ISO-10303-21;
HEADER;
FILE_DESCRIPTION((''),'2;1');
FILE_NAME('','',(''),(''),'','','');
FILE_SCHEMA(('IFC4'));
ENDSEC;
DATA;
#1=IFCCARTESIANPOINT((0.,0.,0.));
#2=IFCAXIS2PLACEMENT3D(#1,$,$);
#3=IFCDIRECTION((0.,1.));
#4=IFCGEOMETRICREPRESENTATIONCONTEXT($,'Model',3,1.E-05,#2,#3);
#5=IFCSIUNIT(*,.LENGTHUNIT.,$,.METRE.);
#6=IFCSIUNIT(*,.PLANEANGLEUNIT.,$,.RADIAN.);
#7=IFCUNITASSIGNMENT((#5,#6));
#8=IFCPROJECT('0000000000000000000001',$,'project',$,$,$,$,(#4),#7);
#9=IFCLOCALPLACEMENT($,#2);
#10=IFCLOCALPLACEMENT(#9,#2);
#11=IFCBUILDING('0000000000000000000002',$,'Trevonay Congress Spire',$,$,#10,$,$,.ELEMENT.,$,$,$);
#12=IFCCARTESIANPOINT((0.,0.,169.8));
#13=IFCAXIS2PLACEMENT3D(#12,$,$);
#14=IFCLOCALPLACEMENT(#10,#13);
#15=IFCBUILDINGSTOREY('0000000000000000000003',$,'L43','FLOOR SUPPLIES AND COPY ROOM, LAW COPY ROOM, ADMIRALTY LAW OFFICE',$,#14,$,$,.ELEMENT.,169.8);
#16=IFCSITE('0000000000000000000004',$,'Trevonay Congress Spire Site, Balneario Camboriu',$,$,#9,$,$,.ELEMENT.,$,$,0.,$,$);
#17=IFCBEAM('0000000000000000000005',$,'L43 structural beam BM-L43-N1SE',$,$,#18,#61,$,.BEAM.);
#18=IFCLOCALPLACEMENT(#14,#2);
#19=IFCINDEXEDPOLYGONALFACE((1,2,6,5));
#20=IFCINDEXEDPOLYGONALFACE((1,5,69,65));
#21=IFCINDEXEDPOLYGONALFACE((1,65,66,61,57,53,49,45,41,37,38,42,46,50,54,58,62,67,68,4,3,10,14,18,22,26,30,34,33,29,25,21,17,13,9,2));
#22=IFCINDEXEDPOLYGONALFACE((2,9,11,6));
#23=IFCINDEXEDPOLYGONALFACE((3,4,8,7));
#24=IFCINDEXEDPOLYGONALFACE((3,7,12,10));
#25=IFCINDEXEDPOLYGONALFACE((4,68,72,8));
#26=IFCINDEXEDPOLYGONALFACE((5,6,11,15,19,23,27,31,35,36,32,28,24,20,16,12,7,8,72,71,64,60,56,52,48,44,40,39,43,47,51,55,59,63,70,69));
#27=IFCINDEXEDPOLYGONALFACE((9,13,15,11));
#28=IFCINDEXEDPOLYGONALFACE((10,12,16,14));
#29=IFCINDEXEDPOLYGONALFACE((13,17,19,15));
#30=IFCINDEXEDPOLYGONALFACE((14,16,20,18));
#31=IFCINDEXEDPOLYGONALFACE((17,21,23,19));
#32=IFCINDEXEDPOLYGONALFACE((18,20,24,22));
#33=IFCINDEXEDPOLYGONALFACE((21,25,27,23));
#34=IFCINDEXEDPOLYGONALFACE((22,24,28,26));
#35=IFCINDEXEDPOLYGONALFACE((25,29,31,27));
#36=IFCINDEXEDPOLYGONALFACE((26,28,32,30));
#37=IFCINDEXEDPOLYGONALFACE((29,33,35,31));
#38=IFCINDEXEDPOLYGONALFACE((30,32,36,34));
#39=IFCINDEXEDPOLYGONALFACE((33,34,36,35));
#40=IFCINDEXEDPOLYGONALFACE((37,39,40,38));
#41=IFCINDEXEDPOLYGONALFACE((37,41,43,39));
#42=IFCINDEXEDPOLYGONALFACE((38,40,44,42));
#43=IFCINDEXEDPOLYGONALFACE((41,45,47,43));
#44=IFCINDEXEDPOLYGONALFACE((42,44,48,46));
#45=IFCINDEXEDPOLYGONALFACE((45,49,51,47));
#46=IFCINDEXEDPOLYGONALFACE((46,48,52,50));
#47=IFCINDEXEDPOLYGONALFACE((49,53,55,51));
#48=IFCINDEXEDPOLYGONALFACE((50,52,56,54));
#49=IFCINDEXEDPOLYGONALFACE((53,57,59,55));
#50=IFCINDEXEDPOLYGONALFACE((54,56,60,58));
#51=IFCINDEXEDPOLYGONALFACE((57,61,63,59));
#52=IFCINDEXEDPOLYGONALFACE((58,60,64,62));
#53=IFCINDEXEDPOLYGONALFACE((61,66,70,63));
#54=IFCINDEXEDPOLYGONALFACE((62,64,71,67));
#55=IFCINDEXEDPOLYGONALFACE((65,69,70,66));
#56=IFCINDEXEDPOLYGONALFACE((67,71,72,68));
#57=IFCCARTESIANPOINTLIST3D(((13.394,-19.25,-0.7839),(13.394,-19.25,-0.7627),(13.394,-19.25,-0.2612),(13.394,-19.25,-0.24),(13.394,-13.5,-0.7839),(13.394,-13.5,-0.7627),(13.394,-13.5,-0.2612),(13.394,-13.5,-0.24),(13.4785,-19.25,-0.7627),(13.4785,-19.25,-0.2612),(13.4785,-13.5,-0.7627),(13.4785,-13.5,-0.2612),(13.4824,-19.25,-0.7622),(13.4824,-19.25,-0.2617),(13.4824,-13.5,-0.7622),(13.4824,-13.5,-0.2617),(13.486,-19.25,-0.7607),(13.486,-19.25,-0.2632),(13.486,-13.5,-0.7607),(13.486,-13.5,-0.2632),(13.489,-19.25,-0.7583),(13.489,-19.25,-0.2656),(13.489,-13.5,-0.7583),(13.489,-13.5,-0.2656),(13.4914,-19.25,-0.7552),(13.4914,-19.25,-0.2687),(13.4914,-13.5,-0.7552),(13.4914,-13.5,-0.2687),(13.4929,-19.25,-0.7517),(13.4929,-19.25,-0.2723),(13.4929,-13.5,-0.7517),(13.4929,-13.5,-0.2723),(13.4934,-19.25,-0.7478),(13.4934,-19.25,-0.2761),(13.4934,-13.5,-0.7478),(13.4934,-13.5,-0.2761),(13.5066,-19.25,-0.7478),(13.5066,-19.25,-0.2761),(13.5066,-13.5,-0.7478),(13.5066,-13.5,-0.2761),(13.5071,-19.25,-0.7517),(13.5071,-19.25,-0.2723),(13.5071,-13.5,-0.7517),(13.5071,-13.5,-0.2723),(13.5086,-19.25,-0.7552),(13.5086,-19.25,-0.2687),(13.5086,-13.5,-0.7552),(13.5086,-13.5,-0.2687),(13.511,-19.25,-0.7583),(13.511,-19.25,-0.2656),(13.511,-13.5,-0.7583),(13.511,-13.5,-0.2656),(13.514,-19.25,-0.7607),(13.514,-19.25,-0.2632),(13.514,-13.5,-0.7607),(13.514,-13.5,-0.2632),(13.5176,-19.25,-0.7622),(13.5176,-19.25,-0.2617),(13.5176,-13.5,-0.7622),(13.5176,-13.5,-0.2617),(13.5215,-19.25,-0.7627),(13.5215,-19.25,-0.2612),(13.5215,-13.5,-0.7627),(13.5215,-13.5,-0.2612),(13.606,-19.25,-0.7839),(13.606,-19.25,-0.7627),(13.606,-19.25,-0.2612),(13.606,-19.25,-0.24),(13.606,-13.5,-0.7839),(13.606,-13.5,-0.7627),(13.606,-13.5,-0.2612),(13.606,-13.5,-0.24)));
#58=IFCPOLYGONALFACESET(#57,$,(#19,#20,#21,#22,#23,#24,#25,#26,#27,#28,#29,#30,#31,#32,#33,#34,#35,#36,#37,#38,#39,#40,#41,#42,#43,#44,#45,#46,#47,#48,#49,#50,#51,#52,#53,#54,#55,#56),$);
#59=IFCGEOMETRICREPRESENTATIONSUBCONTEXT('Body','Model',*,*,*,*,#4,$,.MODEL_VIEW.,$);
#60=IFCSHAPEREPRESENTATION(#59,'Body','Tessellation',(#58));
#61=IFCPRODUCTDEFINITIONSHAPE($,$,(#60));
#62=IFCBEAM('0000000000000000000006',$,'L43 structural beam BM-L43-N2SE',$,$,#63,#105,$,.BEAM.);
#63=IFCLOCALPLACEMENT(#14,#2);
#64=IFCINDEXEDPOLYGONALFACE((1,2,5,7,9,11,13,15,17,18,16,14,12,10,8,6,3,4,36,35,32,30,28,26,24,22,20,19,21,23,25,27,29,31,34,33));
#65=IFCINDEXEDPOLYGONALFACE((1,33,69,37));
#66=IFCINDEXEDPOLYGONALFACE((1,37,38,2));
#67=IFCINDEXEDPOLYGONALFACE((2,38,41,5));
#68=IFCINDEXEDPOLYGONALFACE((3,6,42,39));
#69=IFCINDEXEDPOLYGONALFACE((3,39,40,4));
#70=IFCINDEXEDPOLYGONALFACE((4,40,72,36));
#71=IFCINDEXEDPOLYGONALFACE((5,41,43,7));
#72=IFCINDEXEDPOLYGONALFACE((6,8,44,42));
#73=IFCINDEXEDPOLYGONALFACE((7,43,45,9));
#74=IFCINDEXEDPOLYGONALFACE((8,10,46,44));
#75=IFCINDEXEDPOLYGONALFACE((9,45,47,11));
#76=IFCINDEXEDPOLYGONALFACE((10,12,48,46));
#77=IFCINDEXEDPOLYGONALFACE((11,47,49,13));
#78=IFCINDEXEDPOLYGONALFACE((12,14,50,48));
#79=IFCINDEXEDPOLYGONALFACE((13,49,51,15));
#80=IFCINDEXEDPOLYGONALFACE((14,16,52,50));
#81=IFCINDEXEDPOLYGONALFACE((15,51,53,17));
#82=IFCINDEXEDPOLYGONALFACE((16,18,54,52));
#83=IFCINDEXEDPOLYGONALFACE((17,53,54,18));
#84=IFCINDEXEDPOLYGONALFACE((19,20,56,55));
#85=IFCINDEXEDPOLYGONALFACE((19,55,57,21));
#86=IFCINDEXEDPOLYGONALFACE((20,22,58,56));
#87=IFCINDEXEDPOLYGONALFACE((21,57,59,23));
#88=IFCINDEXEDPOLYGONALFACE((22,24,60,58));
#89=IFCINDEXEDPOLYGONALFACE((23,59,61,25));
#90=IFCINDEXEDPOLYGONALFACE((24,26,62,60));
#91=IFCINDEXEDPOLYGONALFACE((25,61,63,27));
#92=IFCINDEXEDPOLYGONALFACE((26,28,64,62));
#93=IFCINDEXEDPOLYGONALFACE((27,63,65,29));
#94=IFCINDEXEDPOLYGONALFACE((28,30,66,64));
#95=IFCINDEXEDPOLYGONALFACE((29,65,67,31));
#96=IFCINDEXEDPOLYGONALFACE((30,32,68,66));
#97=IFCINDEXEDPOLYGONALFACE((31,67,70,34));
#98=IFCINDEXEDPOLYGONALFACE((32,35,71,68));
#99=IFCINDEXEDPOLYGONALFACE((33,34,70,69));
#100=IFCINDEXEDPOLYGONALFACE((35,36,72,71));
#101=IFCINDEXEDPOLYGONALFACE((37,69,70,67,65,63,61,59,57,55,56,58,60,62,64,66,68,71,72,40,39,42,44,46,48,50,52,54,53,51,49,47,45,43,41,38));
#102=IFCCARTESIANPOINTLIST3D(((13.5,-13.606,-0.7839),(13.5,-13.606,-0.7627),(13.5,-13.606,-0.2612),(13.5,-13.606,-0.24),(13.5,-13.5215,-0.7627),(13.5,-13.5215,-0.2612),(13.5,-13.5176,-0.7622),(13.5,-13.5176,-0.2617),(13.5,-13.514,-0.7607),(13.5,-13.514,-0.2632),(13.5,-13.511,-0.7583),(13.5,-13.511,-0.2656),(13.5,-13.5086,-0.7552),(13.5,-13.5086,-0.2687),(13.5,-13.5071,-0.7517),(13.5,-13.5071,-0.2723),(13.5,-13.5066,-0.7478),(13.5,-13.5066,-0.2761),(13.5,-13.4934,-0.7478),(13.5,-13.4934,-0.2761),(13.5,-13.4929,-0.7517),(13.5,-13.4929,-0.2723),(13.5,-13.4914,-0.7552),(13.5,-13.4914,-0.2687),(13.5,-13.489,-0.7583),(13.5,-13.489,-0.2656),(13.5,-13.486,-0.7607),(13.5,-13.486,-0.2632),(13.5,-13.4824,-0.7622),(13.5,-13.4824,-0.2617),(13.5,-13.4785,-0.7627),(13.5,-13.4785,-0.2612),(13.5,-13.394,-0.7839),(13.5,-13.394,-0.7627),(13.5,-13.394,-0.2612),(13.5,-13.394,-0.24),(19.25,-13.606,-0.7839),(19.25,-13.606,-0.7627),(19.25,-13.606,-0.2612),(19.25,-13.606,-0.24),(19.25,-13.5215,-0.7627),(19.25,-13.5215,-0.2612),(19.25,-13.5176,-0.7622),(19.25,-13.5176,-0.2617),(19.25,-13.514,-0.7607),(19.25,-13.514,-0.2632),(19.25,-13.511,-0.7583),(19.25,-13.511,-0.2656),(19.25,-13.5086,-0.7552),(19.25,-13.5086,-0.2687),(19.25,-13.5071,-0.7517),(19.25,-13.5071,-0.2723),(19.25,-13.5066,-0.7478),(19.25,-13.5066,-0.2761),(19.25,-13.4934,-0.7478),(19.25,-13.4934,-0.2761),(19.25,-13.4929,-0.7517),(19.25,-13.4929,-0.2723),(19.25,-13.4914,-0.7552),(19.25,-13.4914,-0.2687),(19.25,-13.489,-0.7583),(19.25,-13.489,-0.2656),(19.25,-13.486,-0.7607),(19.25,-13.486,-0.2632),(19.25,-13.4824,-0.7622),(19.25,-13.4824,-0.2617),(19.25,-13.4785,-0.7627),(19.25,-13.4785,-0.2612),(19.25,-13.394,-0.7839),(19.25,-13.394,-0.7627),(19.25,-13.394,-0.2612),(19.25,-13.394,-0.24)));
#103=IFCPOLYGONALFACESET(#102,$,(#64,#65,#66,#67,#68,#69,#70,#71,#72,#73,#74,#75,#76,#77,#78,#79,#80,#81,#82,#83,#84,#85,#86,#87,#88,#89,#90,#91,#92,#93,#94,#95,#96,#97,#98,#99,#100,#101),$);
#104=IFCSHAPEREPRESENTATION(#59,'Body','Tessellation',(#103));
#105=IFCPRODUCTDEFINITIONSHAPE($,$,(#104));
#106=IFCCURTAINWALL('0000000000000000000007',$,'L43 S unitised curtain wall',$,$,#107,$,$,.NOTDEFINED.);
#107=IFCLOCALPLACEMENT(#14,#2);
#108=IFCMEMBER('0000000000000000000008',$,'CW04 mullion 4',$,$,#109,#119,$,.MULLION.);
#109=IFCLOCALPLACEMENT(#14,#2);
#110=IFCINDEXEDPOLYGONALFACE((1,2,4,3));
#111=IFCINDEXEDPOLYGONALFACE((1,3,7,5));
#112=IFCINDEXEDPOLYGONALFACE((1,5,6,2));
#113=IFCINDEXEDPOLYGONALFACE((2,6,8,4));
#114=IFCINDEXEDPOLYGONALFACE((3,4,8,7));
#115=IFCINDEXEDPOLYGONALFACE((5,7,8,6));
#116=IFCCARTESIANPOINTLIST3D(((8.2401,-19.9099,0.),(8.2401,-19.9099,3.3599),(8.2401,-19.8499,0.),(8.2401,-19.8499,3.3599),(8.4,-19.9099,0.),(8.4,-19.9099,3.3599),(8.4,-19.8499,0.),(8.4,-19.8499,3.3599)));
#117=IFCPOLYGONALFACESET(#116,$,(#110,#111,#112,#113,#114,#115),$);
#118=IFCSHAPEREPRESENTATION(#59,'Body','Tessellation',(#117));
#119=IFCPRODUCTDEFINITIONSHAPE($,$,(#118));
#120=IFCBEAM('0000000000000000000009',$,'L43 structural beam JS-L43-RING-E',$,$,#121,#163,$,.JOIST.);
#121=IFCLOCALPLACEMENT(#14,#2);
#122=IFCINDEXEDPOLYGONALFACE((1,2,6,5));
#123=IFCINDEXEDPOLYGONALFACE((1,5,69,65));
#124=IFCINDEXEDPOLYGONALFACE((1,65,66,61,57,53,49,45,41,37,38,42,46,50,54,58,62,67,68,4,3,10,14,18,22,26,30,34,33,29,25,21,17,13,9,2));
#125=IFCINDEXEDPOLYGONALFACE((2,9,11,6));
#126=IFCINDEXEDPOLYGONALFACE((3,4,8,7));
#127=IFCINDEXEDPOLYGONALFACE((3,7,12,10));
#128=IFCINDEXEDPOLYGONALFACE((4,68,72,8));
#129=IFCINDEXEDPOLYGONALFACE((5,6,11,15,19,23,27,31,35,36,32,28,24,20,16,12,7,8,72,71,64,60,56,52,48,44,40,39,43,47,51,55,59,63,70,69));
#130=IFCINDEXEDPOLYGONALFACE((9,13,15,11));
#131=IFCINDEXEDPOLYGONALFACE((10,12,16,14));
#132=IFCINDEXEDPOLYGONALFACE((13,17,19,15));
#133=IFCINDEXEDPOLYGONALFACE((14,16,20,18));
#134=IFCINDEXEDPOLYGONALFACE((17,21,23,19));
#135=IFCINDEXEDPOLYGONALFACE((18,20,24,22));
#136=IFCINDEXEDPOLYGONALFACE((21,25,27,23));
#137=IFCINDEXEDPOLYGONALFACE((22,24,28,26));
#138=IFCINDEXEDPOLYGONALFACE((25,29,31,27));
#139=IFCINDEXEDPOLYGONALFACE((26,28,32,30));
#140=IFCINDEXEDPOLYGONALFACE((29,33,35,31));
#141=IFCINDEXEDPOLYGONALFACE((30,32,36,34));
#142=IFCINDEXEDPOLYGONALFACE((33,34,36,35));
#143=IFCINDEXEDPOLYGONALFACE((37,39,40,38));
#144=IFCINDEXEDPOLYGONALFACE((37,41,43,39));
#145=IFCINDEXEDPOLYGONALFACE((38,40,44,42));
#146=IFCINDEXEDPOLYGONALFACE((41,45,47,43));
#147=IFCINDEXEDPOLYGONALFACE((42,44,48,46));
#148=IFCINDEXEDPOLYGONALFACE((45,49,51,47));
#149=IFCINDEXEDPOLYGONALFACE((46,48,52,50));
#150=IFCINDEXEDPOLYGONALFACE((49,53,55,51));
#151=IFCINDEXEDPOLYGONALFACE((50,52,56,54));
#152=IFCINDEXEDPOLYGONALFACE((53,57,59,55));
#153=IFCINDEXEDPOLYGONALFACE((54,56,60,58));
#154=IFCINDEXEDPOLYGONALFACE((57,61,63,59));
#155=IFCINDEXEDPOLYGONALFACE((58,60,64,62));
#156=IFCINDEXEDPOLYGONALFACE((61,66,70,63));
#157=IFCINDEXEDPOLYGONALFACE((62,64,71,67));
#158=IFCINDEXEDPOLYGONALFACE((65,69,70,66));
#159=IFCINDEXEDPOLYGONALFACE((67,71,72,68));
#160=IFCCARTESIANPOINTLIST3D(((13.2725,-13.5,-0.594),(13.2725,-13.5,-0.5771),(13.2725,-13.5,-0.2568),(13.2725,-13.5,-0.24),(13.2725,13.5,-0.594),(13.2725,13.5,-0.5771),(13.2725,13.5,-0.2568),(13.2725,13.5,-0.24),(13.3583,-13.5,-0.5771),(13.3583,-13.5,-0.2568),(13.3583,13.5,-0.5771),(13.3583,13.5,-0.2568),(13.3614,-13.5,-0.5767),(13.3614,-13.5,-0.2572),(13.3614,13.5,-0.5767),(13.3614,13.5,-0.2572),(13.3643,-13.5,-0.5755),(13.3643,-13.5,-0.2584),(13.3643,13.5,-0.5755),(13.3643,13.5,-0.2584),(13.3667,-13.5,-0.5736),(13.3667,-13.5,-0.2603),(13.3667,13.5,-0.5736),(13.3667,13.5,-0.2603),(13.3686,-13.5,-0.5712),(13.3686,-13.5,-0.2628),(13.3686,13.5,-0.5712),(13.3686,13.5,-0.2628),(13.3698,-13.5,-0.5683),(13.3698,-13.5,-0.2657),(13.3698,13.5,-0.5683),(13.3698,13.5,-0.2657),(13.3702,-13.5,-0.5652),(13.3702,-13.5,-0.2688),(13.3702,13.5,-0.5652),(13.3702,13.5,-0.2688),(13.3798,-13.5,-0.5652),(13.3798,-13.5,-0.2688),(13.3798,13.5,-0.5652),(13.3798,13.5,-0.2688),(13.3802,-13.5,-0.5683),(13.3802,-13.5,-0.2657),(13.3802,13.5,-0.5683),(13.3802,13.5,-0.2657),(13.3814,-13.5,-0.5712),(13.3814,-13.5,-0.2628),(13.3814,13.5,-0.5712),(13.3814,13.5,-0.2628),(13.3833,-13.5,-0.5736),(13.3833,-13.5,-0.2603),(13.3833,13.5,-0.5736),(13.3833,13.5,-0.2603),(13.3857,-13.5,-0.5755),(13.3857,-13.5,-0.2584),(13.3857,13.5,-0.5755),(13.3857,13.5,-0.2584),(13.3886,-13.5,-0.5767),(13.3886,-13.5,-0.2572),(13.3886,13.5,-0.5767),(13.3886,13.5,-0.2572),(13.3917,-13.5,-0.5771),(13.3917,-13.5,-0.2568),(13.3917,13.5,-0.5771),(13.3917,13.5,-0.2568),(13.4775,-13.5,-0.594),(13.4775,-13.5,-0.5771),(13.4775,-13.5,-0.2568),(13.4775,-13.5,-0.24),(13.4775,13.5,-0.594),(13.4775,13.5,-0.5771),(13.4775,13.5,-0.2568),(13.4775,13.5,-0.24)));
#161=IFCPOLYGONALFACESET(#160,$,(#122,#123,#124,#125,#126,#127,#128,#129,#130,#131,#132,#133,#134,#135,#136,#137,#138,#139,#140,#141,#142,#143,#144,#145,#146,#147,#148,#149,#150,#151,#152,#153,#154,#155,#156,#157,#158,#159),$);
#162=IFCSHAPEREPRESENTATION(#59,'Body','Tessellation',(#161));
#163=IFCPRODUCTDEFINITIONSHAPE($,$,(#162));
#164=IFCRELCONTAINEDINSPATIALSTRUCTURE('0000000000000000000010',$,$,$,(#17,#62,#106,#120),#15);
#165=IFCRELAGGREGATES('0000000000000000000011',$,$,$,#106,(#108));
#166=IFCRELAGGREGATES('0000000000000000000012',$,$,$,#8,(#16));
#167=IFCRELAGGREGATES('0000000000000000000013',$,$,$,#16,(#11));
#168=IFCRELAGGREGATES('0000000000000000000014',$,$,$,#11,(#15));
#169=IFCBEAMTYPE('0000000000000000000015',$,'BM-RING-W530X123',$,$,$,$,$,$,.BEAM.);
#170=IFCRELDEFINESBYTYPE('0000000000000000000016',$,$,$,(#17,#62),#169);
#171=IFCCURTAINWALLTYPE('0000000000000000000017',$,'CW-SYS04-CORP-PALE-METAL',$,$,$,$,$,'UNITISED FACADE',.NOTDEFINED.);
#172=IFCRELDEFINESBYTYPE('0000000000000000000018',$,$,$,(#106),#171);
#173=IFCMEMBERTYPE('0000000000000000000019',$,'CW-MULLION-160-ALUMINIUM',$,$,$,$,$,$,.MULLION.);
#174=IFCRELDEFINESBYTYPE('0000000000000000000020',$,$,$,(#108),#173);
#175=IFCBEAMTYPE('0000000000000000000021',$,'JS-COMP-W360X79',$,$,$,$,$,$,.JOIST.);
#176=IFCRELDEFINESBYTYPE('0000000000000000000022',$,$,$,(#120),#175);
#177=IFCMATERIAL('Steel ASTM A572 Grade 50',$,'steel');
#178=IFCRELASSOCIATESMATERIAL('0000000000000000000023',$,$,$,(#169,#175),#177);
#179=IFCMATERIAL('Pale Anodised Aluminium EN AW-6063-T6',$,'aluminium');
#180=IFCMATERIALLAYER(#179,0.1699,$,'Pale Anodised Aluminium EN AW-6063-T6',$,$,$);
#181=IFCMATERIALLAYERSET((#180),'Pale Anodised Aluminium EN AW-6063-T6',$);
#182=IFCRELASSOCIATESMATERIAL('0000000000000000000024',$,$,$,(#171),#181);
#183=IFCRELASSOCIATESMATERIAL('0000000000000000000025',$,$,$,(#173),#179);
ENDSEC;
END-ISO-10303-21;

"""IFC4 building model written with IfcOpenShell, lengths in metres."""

from ifc_helpers import new_model, si_unit, direction, frame, origin, origin_2d, place, context, subcontext, project, spatial, rectangle, i_section, extrude, material, layer, layer_set, material_profile, profile_set, type_object, element, aggregate, save


model = new_model("IFC4")

# Units and contexts
model_context = context("Model", 3, precision=1e-05, world=origin(), true_north=direction((0.0, 1.0)))
body_context = subcontext(model_context, "Body", "Model", "MODEL_VIEW")
ifc_project = project(units=[si_unit("LENGTHUNIT", "METRE"), si_unit("PLANEANGLEUNIT", "RADIAN")], contexts=[model_context])

# Site, building, storey
site_placement = place(None, origin())
site = spatial("IfcSite", under=ifc_project, at=site_placement, Name="Trevonay Congress Spire Site, Balneario Camboriu", CompositionType="ELEMENT", RefElevation=0.0)
building_placement = place(site_placement, origin())
building = spatial("IfcBuilding", under=site, at=building_placement, Name="Trevonay Congress Spire", CompositionType="ELEMENT")
storey_placement = place(building_placement, frame((0.0, 0.0, 169.8)))
storey = spatial("IfcBuildingStorey", under=building, at=storey_placement, Name="L43", Description="FLOOR SUPPLIES AND COPY ROOM, LAW COPY ROOM, ADMIRALTY LAW OFFICE", CompositionType="ELEMENT", Elevation=169.8)

# Shared definitions
ifc_material_1 = material(Name="Steel ASTM A572 Grade 50", Category="steel")

# Beams
ifc_material_profile_1 = material_profile(ifc_material_1, i_section(OverallWidth=0.2119, OverallDepth=0.5439, WebThickness=0.0132, FlangeThickness=0.0212, FilletRadius=0.0149, at=origin_2d()), Name="W530x123")
ifc_profile_set_1 = profile_set([ifc_material_profile_1], Name="Steel ASTM A572 Grade 50")
beam_type_1 = type_object("IfcBeamType", Name="BM-RING-W530X123", PredefinedType="BEAM", material=ifc_profile_set_1)
for number, where, z_axis, x_axis, name in (
    (1, (13.5, -19.25, -0.512), (0.0, 1.0, 0.0), (-1.0, 0.0, 0.0), "L43 structural beam BM-L43-N1SE"),
    (2, (19.25, -13.5, -0.512), (-1.0, 0.0, 0.0), (0.0, -1.0, 0.0), "L43 structural beam BM-L43-N2SE"),
):
    element("IfcBeam", number, at=place(storey_placement, frame(where, z_axis=z_axis, x_axis=x_axis)), inside=storey, type_object=beam_type_1, Name=name, PredefinedType="BEAM", context=body_context, shape_type="SweptSolid", body=[
        extrude(i_section(OverallWidth=0.2119, OverallDepth=0.5439, WebThickness=0.0132, FlangeThickness=0.0212, FilletRadius=0.0149, at=origin_2d()), origin(), (0.0, 0.0, 1.0), 5.75),
    ])

# Curtain wall, member
ifc_material_2 = material(Name="Pale Anodised Aluminium EN AW-6063-T6", Category="aluminium")
ifc_layer_1 = layer(ifc_material_2, 0.1699, Name="Pale Anodised Aluminium EN AW-6063-T6")
ifc_layer_set_1 = layer_set([ifc_layer_1], Name="Pale Anodised Aluminium EN AW-6063-T6")
curtain_wall_type = type_object("IfcCurtainWallType", Name="CW-SYS04-CORP-PALE-METAL", ElementType="UNITISED FACADE", PredefinedType="NOTDEFINED", material=ifc_layer_set_1)
curtain_wall_placement = place(storey_placement, origin())
curtain_wall = element("IfcCurtainWall", 3, at=curtain_wall_placement, inside=storey, type_object=curtain_wall_type, Name="L43 S unitised curtain wall", PredefinedType="NOTDEFINED")
ifc_material_profile_2 = material_profile(ifc_material_2, rectangle(XDim=0.0601, YDim=0.1599, at=origin_2d()), Name="CW-MULLION-160-ALUMINIUM")
ifc_profile_set_2 = profile_set([ifc_material_profile_2], Name="Pale Anodised Aluminium EN AW-6063-T6")
member_type_1 = type_object("IfcMemberType", Name="CW-MULLION-160-ALUMINIUM", PredefinedType="MULLION", material=ifc_profile_set_2)
member_placement = place(storey_placement, frame((8.3201, -19.8799, 0.0), z_axis=(0.0, 0.0, 1.0), x_axis=(0.0, 1.0, 0.0)))
member = element("IfcMember", 4, at=member_placement, type_object=member_type_1, Name="CW04 mullion 4", PredefinedType="MULLION", context=body_context, shape_type="SweptSolid", body=[
    extrude(rectangle(XDim=0.0601, YDim=0.1599, at=origin_2d()), origin(), (0.0, 0.0, 1.0), 3.3599),
])
aggregate(curtain_wall, [member])

# Beam
ifc_material_profile_3 = material_profile(ifc_material_1, i_section(OverallWidth=0.2051, OverallDepth=0.354, WebThickness=0.0095, FlangeThickness=0.0168, FilletRadius=0.012, at=origin_2d()), Name="W360x79")
ifc_profile_set_3 = profile_set([ifc_material_profile_3], Name="Steel ASTM A572 Grade 50")
beam_type_2 = type_object("IfcBeamType", Name="JS-COMP-W360X79", PredefinedType="JOIST", material=ifc_profile_set_3)
beam_placement = place(storey_placement, frame((13.375, -13.5, -0.417), z_axis=(0.0, 1.0, 0.0), x_axis=(-1.0, 0.0, 0.0)))
element("IfcBeam", 5, at=beam_placement, inside=storey, type_object=beam_type_2, Name="L43 structural beam JS-L43-RING-E", PredefinedType="JOIST", context=body_context, shape_type="SweptSolid", body=[
    extrude(i_section(OverallWidth=0.2051, OverallDepth=0.354, WebThickness=0.0095, FlangeThickness=0.0168, FilletRadius=0.012, at=origin_2d()), origin(), (0.0, 0.0, 1.0), 27.0),
])

save(model, "model.ifc")
